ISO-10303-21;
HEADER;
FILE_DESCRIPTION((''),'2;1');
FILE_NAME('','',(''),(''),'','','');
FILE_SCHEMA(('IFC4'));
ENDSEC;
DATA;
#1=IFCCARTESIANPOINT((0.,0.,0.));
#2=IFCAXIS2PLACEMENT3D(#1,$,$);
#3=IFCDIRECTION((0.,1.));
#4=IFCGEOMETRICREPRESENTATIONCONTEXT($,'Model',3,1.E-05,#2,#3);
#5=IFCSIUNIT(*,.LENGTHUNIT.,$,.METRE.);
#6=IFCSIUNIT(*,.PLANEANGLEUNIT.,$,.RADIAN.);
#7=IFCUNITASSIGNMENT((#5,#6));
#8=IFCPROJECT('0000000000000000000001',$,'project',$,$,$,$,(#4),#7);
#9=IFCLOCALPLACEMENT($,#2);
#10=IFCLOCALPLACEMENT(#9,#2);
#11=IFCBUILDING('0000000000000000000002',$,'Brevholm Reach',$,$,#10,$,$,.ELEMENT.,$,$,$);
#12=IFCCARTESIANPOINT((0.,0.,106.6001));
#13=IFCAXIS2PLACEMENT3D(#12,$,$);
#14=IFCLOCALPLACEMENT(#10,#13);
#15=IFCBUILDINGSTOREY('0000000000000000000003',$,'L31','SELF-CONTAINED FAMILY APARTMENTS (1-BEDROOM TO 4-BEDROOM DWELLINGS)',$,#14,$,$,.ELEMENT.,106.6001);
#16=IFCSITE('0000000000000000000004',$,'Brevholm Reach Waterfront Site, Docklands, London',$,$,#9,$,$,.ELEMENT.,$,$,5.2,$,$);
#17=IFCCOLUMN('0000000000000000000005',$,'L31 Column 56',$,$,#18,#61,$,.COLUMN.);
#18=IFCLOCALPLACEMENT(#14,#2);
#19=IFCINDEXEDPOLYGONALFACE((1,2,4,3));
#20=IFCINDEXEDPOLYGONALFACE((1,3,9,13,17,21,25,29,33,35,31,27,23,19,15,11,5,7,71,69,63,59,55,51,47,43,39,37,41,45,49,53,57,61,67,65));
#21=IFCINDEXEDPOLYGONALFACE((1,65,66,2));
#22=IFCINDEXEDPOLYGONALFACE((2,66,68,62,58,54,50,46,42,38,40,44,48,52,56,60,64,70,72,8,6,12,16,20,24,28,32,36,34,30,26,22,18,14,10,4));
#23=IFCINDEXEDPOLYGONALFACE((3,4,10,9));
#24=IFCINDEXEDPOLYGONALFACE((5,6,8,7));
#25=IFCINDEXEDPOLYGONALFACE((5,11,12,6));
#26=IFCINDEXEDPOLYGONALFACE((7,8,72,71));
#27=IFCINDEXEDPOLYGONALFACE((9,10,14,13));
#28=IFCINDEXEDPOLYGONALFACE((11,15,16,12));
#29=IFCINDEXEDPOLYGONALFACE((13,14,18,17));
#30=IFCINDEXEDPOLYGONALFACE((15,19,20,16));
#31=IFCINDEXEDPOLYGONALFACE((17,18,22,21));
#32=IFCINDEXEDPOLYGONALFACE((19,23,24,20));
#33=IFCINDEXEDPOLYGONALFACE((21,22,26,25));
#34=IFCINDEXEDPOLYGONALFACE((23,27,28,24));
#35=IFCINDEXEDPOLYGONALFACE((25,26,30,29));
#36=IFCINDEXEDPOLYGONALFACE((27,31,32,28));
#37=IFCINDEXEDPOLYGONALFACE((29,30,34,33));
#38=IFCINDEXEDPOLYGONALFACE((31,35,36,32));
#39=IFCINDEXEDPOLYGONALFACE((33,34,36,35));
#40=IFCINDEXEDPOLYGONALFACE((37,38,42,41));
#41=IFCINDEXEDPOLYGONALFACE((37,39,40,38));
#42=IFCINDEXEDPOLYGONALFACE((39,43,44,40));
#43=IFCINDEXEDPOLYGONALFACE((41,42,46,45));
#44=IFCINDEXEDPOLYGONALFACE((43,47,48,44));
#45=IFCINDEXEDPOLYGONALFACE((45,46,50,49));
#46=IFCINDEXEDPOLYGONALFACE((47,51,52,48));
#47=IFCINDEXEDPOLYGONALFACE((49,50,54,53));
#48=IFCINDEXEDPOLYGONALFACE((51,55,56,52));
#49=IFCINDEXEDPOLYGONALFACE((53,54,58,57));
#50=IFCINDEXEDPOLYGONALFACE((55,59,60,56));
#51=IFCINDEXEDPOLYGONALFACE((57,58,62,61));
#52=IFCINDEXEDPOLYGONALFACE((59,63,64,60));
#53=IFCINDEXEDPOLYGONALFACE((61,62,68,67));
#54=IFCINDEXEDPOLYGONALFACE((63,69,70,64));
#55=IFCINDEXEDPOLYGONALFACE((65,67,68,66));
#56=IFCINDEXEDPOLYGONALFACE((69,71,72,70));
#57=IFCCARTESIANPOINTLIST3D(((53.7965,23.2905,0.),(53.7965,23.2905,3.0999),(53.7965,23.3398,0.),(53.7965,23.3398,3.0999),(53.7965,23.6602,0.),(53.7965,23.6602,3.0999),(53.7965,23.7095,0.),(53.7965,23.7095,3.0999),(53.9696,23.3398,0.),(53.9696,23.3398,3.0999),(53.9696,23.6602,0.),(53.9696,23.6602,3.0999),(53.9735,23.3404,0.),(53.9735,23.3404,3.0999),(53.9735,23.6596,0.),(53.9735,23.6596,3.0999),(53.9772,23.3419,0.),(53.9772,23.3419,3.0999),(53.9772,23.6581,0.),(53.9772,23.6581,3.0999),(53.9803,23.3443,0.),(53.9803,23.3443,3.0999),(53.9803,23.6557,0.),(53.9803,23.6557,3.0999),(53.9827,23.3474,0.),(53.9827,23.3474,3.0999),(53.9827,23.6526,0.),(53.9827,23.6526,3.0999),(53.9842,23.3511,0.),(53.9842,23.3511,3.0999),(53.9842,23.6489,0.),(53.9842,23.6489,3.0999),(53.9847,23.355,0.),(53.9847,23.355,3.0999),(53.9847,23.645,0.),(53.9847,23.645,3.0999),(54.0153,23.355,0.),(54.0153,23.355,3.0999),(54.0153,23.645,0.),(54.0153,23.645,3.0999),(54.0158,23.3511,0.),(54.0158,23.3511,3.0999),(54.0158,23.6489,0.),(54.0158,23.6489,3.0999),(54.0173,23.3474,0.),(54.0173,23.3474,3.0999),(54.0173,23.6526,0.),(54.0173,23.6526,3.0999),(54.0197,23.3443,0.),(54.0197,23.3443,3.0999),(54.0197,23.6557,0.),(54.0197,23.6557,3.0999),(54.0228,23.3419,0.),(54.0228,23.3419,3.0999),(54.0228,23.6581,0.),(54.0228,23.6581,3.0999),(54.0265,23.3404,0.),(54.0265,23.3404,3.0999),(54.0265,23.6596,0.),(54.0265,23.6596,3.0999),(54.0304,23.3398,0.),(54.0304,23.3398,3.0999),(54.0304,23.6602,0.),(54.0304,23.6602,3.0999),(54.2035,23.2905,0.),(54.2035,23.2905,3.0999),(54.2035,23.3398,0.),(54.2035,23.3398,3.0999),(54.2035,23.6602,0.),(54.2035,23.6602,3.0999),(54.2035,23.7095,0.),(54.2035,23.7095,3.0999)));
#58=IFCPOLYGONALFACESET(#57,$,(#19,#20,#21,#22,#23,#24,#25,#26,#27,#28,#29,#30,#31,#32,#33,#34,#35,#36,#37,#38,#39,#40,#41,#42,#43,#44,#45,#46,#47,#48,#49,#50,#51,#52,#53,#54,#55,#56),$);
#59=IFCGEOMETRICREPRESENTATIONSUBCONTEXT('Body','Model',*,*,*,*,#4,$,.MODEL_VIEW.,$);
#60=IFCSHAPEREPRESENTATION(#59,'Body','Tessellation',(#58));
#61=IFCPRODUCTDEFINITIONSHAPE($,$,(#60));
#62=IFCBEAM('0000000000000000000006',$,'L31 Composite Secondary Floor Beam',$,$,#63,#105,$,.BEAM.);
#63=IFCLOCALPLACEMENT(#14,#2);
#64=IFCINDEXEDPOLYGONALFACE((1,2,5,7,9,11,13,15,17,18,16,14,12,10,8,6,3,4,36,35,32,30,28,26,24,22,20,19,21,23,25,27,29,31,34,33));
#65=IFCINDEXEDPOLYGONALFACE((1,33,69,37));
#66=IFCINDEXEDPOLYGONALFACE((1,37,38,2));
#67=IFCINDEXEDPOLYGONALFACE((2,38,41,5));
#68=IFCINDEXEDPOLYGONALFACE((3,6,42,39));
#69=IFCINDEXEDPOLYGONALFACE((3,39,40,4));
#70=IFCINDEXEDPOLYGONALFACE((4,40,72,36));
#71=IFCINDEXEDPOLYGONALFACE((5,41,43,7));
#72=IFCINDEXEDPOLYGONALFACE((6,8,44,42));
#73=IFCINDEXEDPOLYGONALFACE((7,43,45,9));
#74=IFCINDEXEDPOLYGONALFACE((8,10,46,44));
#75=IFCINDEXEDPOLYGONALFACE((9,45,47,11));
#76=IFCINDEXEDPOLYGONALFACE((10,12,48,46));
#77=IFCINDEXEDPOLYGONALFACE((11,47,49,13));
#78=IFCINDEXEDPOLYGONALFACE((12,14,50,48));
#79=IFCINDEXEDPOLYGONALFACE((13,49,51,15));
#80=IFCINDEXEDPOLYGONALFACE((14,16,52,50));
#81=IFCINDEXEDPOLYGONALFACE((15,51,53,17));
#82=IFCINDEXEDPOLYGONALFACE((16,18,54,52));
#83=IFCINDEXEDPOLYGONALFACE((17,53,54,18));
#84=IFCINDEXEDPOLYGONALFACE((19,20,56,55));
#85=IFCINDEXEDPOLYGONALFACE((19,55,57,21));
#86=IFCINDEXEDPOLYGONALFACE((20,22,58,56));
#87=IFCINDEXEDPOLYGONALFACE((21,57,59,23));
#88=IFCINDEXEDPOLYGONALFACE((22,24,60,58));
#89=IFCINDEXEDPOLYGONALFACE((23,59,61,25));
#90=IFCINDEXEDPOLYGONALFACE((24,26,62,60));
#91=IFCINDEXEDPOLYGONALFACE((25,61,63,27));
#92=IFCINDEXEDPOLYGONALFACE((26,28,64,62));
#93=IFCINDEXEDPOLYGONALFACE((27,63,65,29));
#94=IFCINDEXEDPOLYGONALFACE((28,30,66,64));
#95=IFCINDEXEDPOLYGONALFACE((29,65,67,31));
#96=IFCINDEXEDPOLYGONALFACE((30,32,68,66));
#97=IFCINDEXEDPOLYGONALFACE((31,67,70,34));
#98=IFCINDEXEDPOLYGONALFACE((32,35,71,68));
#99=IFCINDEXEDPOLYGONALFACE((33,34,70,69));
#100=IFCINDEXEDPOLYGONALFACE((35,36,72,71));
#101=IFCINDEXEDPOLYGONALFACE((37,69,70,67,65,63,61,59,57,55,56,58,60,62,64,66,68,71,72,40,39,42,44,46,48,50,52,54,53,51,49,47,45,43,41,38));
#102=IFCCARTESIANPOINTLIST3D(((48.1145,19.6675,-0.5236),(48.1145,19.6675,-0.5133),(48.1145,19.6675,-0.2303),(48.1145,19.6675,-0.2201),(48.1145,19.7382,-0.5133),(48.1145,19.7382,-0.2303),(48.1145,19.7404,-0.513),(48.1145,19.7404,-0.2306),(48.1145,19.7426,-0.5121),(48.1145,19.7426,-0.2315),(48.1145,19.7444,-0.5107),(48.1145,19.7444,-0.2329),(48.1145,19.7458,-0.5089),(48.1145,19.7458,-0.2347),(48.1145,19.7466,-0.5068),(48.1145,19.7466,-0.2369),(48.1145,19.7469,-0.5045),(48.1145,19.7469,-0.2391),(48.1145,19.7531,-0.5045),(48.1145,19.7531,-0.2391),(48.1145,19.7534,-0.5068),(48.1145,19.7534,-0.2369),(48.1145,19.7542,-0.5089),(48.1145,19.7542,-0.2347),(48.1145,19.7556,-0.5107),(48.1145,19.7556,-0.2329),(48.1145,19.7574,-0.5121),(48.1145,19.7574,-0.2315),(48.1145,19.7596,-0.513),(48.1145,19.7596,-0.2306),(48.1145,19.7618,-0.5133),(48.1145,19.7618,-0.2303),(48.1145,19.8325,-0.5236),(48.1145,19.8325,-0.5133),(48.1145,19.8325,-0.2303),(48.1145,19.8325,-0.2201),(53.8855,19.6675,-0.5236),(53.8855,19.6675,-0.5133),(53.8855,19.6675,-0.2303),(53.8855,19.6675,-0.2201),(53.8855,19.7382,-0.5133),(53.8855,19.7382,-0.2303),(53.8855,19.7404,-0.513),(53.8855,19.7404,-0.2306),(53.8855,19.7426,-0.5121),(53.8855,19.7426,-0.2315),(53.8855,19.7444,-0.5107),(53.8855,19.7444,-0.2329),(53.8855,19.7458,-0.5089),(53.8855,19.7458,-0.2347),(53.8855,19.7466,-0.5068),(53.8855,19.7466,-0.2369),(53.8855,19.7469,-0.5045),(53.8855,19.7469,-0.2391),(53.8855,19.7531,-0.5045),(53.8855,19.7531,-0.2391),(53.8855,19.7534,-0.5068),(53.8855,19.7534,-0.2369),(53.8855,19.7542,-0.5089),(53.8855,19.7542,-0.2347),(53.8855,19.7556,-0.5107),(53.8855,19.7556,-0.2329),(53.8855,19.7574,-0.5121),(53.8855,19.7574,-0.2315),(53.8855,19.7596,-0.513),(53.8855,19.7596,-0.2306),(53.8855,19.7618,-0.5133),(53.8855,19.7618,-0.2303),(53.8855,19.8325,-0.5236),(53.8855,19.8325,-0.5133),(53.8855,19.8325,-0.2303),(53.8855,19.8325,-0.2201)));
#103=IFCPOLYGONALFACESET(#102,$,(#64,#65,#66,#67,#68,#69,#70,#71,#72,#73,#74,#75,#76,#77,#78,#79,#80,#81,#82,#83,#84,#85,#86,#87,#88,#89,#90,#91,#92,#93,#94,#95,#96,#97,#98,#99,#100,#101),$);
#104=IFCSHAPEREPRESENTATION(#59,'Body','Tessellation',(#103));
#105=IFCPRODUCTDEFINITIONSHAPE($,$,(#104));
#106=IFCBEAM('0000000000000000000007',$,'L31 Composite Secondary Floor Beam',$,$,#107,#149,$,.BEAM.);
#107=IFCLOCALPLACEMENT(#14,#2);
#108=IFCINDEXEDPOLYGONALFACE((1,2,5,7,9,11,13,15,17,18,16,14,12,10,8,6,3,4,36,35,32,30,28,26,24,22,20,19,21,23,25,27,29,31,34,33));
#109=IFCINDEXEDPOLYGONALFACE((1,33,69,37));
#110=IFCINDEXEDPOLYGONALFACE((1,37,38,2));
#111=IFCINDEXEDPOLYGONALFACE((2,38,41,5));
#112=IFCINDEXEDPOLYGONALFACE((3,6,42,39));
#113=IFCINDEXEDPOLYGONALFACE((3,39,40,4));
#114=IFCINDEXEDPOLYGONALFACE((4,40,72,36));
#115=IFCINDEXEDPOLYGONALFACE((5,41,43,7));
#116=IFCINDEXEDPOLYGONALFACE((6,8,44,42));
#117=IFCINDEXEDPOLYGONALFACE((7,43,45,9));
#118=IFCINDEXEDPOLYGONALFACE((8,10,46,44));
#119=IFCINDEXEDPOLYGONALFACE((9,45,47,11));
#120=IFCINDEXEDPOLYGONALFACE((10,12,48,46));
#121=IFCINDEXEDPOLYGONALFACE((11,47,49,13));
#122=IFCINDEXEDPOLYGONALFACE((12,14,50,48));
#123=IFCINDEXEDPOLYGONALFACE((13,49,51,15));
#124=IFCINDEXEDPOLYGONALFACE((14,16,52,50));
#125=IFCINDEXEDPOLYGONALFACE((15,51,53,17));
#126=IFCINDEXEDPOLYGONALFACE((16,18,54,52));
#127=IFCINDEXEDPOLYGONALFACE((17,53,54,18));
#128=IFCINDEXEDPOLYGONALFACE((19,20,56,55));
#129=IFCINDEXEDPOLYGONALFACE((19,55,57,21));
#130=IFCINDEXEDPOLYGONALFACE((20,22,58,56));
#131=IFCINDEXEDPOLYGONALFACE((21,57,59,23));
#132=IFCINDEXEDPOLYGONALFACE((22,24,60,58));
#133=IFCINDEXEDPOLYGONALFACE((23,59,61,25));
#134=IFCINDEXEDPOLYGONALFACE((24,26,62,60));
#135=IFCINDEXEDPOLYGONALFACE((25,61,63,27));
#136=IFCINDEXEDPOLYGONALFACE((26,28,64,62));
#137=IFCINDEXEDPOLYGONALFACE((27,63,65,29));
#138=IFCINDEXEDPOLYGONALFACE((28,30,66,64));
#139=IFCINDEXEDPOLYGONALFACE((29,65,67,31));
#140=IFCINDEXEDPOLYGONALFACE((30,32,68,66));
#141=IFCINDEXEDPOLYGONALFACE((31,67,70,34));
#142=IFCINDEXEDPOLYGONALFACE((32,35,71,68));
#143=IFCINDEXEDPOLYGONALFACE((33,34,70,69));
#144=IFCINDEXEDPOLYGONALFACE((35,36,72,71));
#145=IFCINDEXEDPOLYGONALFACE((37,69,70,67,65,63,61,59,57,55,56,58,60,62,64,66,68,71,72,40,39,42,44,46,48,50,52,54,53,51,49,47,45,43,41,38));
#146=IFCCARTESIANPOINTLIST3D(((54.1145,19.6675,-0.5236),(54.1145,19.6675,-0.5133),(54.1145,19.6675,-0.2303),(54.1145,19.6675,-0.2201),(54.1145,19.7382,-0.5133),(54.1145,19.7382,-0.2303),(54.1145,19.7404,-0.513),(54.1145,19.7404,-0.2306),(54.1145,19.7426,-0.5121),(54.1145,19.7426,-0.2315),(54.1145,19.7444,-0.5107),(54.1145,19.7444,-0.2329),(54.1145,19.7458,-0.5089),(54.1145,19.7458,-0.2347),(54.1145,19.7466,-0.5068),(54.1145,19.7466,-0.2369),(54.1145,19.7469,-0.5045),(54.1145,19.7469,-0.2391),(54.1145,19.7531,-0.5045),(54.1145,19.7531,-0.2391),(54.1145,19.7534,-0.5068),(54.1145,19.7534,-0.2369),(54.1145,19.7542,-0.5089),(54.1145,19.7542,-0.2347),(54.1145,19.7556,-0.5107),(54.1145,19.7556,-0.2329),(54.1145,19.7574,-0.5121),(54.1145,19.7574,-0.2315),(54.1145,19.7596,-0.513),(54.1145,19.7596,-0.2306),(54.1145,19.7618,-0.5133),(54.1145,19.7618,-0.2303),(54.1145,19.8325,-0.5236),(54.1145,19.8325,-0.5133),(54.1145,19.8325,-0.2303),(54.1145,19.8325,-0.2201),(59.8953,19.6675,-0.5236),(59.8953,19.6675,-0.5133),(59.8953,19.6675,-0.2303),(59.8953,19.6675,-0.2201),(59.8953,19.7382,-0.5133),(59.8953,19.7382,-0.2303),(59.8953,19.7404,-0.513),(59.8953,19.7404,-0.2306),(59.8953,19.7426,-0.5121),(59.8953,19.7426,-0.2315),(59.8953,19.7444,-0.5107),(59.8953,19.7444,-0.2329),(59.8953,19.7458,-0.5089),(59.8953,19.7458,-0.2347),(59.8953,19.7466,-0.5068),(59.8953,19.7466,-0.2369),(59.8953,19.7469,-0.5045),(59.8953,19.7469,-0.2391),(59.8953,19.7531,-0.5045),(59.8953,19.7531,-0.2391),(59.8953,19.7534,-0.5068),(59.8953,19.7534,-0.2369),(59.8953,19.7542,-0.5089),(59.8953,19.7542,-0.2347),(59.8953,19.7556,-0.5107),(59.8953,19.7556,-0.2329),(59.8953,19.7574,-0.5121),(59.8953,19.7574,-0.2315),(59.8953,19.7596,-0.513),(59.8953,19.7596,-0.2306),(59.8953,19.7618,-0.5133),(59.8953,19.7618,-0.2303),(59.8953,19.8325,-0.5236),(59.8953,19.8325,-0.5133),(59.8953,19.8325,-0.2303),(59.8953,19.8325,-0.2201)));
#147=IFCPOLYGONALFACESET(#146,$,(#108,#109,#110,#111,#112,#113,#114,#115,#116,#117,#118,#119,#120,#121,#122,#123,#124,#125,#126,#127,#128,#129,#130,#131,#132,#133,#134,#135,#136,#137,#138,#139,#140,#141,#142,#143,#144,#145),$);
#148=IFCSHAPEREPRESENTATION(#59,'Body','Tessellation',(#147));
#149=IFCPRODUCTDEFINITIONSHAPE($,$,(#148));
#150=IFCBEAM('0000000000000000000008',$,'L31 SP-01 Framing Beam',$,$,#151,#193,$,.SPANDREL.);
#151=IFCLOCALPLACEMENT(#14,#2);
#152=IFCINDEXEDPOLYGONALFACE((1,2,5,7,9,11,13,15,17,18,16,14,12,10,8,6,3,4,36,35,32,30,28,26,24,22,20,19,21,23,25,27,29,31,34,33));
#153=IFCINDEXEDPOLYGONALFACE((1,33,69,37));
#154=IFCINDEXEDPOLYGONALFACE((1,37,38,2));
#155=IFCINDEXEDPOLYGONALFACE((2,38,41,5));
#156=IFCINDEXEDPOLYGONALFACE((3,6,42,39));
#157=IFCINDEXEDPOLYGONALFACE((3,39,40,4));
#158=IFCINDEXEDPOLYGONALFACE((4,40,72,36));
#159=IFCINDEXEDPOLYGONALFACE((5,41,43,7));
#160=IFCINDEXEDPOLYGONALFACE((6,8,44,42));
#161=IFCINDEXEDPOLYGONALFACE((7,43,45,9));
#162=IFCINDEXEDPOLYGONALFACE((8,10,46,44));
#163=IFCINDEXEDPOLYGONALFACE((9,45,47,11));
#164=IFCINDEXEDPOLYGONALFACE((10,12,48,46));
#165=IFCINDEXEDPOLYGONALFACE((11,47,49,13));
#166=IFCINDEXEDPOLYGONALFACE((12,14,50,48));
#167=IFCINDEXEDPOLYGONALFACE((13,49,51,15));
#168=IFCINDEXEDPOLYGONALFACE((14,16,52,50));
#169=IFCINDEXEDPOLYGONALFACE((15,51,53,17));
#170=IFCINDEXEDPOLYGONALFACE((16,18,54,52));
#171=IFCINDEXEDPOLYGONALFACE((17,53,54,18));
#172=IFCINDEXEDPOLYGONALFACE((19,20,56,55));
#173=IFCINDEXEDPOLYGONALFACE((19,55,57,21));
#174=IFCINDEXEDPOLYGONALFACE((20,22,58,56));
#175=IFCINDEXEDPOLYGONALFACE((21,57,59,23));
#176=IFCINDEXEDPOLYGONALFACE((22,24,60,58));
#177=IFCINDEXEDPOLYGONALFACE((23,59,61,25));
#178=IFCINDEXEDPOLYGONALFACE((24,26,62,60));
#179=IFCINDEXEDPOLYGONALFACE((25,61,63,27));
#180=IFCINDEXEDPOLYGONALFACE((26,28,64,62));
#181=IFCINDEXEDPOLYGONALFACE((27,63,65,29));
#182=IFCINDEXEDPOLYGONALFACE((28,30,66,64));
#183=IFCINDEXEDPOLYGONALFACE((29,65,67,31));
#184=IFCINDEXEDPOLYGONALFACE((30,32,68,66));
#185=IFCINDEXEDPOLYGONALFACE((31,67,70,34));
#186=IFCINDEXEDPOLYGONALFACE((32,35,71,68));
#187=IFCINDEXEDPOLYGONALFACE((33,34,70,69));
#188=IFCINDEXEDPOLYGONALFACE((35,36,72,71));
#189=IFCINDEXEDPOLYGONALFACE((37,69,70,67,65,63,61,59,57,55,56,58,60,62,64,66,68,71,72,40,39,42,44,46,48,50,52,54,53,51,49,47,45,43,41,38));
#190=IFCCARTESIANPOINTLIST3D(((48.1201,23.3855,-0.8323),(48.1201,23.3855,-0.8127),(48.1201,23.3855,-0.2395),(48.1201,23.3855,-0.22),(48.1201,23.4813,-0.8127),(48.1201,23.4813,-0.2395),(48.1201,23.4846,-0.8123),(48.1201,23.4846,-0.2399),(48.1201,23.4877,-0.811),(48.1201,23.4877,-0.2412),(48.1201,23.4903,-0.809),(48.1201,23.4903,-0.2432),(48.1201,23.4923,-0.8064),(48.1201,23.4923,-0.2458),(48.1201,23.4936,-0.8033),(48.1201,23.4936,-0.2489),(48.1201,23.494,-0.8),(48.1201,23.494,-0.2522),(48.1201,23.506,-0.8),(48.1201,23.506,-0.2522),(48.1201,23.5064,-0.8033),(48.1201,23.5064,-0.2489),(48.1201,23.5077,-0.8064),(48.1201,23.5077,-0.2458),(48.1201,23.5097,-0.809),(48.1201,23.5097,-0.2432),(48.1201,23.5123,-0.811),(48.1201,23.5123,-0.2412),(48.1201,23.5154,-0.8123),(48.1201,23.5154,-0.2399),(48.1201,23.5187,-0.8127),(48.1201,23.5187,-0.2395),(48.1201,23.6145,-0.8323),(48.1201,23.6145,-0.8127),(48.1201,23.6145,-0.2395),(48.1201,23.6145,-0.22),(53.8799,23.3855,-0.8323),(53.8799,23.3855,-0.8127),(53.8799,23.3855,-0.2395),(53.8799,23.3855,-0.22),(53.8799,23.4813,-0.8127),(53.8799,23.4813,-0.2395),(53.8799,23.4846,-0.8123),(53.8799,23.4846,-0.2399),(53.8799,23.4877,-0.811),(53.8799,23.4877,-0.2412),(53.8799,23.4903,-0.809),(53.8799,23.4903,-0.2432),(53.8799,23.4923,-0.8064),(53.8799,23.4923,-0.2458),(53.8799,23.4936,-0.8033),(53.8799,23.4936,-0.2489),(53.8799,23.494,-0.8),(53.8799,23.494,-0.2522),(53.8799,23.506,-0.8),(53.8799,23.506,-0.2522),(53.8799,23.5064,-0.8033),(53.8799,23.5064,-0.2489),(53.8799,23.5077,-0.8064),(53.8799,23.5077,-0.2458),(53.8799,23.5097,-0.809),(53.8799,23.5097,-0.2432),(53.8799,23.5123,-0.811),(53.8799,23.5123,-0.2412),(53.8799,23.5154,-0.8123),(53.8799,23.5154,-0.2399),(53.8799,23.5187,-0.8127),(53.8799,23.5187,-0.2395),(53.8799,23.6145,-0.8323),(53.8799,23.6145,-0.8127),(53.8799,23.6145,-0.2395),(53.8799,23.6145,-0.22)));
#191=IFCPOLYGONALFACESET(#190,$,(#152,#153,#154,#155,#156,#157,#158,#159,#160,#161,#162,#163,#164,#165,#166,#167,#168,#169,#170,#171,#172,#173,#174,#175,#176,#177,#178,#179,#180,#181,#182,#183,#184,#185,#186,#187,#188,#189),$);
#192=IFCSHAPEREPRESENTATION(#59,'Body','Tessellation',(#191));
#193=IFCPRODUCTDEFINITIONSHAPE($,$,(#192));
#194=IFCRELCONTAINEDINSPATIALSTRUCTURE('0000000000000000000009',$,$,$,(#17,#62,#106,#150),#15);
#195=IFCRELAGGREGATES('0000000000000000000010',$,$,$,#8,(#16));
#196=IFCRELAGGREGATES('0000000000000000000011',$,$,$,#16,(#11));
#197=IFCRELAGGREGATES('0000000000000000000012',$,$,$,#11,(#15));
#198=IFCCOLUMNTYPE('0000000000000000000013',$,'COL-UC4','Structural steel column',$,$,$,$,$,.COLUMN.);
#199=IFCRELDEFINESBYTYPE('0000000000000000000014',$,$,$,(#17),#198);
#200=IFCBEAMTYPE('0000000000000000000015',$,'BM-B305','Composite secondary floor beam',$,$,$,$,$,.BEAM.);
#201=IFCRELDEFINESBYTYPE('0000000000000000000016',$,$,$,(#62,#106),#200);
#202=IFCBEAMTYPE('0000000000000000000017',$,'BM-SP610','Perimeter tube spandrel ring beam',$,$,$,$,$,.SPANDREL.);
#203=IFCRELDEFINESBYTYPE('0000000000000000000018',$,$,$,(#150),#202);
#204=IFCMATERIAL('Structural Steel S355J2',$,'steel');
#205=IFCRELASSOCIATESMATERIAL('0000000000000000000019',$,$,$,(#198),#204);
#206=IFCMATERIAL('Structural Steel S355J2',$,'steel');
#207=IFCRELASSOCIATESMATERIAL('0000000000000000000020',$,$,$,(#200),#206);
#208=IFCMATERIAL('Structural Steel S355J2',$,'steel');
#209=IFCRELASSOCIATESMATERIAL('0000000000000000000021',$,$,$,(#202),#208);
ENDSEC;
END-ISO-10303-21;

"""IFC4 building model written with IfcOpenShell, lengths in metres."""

from ifc_helpers import new_model, si_unit, direction, frame, origin, origin_2d, place, context, subcontext, project, spatial, i_section, extrude, material, material_profile, profile_set, type_object, element, save


model = new_model("IFC4")

# Units and contexts
model_context = context("Model", 3, precision=1e-05, world=origin(), true_north=direction((0.0, 1.0)))
body_context = subcontext(model_context, "Body", "Model", "MODEL_VIEW")
ifc_project = project(units=[si_unit("LENGTHUNIT", "METRE"), si_unit("PLANEANGLEUNIT", "RADIAN")], contexts=[model_context])

# Site, building, storey
site_placement = place(None, origin())
site = spatial("IfcSite", under=ifc_project, at=site_placement, Name="Brevholm Reach Waterfront Site, Docklands, London", CompositionType="ELEMENT", RefElevation=5.2)
building_placement = place(site_placement, origin())
building = spatial("IfcBuilding", under=site, at=building_placement, Name="Brevholm Reach", CompositionType="ELEMENT")
storey_placement = place(building_placement, frame((0.0, 0.0, 106.6001)))
storey = spatial("IfcBuildingStorey", under=building, at=storey_placement, Name="L31", Description="SELF-CONTAINED FAMILY APARTMENTS (1-BEDROOM TO 4-BEDROOM DWELLINGS)", CompositionType="ELEMENT", Elevation=106.6001)

# Column
ifc_material_1 = material(Name="Structural Steel S355J2", Category="steel")
ifc_material_profile_1 = material_profile(ifc_material_1, i_section(OverallWidth=0.407, OverallDepth=0.4189, WebThickness=0.0305, FlangeThickness=0.0493, FilletRadius=0.0151, at=origin_2d()), Name="UKC 356x406x393")
ifc_profile_set_1 = profile_set([ifc_material_profile_1], Name="Structural Steel S355J2")
column_type = type_object("IfcColumnType", Name="COL-UC4", Description="Structural steel column", PredefinedType="COLUMN", material=ifc_profile_set_1)
column_placement = place(storey_placement, frame((54.0, 23.5, 0.0), z_axis=(0.0, 0.0, 1.0), x_axis=(1.0, 0.0, 0.0)))
element("IfcColumn", 1, at=column_placement, inside=storey, type_object=column_type, Name="L31 Column 56", PredefinedType="COLUMN", context=body_context, shape_type="SweptSolid", body=[
    extrude(i_section(OverallWidth=0.407, OverallDepth=0.4189, WebThickness=0.0305, FlangeThickness=0.0493, FilletRadius=0.0151, at=origin_2d()), origin(), (0.0, 0.0, 1.0), 3.0999),
])

# Beams
ifc_material_2 = material(Name="Structural Steel S355J2", Category="steel")
ifc_material_profile_2 = material_profile(ifc_material_2, i_section(OverallWidth=0.165, OverallDepth=0.3035, WebThickness=0.0061, FlangeThickness=0.0103, FilletRadius=0.0088, at=origin_2d()), Name="UKB 305x165x40")
ifc_profile_set_2 = profile_set([ifc_material_profile_2], Name="Structural Steel S355J2")
beam_type_1 = type_object("IfcBeamType", Name="BM-B305", Description="Composite secondary floor beam", PredefinedType="BEAM", material=ifc_profile_set_2)
beam_1_placement = place(storey_placement, frame((48.1145, 19.75, -0.3718), z_axis=(1.0, 0.0, 0.0), x_axis=(0.0, 1.0, 0.0)))
element("IfcBeam", 2, at=beam_1_placement, inside=storey, type_object=beam_type_1, Name="L31 Composite Secondary Floor Beam", PredefinedType="BEAM", context=body_context, shape_type="SweptSolid", body=[
    extrude(i_section(OverallWidth=0.165, OverallDepth=0.3035, WebThickness=0.0061, FlangeThickness=0.0103, FilletRadius=0.0088, at=origin_2d()), origin(), (0.0, 0.0, 1.0), 5.771),
])
beam_2_placement = place(storey_placement, frame((54.1145, 19.75, -0.3718), z_axis=(1.0, 0.0, 0.0), x_axis=(0.0, 1.0, 0.0)))
element("IfcBeam", 3, at=beam_2_placement, inside=storey, type_object=beam_type_1, Name="L31 Composite Secondary Floor Beam", PredefinedType="BEAM", context=body_context, shape_type="SweptSolid", body=[
    extrude(i_section(OverallWidth=0.165, OverallDepth=0.3035, WebThickness=0.0061, FlangeThickness=0.0103, FilletRadius=0.0088, at=origin_2d()), origin(), (0.0, 0.0, 1.0), 5.7808),
])
ifc_material_3 = material(Name="Structural Steel S355J2", Category="steel")
ifc_material_profile_3 = material_profile(ifc_material_3, i_section(OverallWidth=0.229, OverallDepth=0.6123, WebThickness=0.012, FlangeThickness=0.0195, FilletRadius=0.0127, at=origin_2d()), Name="UKB 610x229x125")
ifc_profile_set_3 = profile_set([ifc_material_profile_3], Name="Structural Steel S355J2")
beam_type_2 = type_object("IfcBeamType", Name="BM-SP610", Description="Perimeter tube spandrel ring beam", PredefinedType="SPANDREL", material=ifc_profile_set_3)
beam_3_placement = place(storey_placement, frame((48.1201, 23.5, -0.5261), z_axis=(1.0, 0.0, 0.0), x_axis=(0.0, 1.0, 0.0)))
element("IfcBeam", 4, at=beam_3_placement, inside=storey, type_object=beam_type_2, Name="L31 SP-01 Framing Beam", PredefinedType="SPANDREL", context=body_context, shape_type="SweptSolid", body=[
    extrude(i_section(OverallWidth=0.229, OverallDepth=0.6123, WebThickness=0.012, FlangeThickness=0.0195, FilletRadius=0.0127, at=origin_2d()), origin(), (0.0, 0.0, 1.0), 5.7598),
])

save(model, "model.ifc")
